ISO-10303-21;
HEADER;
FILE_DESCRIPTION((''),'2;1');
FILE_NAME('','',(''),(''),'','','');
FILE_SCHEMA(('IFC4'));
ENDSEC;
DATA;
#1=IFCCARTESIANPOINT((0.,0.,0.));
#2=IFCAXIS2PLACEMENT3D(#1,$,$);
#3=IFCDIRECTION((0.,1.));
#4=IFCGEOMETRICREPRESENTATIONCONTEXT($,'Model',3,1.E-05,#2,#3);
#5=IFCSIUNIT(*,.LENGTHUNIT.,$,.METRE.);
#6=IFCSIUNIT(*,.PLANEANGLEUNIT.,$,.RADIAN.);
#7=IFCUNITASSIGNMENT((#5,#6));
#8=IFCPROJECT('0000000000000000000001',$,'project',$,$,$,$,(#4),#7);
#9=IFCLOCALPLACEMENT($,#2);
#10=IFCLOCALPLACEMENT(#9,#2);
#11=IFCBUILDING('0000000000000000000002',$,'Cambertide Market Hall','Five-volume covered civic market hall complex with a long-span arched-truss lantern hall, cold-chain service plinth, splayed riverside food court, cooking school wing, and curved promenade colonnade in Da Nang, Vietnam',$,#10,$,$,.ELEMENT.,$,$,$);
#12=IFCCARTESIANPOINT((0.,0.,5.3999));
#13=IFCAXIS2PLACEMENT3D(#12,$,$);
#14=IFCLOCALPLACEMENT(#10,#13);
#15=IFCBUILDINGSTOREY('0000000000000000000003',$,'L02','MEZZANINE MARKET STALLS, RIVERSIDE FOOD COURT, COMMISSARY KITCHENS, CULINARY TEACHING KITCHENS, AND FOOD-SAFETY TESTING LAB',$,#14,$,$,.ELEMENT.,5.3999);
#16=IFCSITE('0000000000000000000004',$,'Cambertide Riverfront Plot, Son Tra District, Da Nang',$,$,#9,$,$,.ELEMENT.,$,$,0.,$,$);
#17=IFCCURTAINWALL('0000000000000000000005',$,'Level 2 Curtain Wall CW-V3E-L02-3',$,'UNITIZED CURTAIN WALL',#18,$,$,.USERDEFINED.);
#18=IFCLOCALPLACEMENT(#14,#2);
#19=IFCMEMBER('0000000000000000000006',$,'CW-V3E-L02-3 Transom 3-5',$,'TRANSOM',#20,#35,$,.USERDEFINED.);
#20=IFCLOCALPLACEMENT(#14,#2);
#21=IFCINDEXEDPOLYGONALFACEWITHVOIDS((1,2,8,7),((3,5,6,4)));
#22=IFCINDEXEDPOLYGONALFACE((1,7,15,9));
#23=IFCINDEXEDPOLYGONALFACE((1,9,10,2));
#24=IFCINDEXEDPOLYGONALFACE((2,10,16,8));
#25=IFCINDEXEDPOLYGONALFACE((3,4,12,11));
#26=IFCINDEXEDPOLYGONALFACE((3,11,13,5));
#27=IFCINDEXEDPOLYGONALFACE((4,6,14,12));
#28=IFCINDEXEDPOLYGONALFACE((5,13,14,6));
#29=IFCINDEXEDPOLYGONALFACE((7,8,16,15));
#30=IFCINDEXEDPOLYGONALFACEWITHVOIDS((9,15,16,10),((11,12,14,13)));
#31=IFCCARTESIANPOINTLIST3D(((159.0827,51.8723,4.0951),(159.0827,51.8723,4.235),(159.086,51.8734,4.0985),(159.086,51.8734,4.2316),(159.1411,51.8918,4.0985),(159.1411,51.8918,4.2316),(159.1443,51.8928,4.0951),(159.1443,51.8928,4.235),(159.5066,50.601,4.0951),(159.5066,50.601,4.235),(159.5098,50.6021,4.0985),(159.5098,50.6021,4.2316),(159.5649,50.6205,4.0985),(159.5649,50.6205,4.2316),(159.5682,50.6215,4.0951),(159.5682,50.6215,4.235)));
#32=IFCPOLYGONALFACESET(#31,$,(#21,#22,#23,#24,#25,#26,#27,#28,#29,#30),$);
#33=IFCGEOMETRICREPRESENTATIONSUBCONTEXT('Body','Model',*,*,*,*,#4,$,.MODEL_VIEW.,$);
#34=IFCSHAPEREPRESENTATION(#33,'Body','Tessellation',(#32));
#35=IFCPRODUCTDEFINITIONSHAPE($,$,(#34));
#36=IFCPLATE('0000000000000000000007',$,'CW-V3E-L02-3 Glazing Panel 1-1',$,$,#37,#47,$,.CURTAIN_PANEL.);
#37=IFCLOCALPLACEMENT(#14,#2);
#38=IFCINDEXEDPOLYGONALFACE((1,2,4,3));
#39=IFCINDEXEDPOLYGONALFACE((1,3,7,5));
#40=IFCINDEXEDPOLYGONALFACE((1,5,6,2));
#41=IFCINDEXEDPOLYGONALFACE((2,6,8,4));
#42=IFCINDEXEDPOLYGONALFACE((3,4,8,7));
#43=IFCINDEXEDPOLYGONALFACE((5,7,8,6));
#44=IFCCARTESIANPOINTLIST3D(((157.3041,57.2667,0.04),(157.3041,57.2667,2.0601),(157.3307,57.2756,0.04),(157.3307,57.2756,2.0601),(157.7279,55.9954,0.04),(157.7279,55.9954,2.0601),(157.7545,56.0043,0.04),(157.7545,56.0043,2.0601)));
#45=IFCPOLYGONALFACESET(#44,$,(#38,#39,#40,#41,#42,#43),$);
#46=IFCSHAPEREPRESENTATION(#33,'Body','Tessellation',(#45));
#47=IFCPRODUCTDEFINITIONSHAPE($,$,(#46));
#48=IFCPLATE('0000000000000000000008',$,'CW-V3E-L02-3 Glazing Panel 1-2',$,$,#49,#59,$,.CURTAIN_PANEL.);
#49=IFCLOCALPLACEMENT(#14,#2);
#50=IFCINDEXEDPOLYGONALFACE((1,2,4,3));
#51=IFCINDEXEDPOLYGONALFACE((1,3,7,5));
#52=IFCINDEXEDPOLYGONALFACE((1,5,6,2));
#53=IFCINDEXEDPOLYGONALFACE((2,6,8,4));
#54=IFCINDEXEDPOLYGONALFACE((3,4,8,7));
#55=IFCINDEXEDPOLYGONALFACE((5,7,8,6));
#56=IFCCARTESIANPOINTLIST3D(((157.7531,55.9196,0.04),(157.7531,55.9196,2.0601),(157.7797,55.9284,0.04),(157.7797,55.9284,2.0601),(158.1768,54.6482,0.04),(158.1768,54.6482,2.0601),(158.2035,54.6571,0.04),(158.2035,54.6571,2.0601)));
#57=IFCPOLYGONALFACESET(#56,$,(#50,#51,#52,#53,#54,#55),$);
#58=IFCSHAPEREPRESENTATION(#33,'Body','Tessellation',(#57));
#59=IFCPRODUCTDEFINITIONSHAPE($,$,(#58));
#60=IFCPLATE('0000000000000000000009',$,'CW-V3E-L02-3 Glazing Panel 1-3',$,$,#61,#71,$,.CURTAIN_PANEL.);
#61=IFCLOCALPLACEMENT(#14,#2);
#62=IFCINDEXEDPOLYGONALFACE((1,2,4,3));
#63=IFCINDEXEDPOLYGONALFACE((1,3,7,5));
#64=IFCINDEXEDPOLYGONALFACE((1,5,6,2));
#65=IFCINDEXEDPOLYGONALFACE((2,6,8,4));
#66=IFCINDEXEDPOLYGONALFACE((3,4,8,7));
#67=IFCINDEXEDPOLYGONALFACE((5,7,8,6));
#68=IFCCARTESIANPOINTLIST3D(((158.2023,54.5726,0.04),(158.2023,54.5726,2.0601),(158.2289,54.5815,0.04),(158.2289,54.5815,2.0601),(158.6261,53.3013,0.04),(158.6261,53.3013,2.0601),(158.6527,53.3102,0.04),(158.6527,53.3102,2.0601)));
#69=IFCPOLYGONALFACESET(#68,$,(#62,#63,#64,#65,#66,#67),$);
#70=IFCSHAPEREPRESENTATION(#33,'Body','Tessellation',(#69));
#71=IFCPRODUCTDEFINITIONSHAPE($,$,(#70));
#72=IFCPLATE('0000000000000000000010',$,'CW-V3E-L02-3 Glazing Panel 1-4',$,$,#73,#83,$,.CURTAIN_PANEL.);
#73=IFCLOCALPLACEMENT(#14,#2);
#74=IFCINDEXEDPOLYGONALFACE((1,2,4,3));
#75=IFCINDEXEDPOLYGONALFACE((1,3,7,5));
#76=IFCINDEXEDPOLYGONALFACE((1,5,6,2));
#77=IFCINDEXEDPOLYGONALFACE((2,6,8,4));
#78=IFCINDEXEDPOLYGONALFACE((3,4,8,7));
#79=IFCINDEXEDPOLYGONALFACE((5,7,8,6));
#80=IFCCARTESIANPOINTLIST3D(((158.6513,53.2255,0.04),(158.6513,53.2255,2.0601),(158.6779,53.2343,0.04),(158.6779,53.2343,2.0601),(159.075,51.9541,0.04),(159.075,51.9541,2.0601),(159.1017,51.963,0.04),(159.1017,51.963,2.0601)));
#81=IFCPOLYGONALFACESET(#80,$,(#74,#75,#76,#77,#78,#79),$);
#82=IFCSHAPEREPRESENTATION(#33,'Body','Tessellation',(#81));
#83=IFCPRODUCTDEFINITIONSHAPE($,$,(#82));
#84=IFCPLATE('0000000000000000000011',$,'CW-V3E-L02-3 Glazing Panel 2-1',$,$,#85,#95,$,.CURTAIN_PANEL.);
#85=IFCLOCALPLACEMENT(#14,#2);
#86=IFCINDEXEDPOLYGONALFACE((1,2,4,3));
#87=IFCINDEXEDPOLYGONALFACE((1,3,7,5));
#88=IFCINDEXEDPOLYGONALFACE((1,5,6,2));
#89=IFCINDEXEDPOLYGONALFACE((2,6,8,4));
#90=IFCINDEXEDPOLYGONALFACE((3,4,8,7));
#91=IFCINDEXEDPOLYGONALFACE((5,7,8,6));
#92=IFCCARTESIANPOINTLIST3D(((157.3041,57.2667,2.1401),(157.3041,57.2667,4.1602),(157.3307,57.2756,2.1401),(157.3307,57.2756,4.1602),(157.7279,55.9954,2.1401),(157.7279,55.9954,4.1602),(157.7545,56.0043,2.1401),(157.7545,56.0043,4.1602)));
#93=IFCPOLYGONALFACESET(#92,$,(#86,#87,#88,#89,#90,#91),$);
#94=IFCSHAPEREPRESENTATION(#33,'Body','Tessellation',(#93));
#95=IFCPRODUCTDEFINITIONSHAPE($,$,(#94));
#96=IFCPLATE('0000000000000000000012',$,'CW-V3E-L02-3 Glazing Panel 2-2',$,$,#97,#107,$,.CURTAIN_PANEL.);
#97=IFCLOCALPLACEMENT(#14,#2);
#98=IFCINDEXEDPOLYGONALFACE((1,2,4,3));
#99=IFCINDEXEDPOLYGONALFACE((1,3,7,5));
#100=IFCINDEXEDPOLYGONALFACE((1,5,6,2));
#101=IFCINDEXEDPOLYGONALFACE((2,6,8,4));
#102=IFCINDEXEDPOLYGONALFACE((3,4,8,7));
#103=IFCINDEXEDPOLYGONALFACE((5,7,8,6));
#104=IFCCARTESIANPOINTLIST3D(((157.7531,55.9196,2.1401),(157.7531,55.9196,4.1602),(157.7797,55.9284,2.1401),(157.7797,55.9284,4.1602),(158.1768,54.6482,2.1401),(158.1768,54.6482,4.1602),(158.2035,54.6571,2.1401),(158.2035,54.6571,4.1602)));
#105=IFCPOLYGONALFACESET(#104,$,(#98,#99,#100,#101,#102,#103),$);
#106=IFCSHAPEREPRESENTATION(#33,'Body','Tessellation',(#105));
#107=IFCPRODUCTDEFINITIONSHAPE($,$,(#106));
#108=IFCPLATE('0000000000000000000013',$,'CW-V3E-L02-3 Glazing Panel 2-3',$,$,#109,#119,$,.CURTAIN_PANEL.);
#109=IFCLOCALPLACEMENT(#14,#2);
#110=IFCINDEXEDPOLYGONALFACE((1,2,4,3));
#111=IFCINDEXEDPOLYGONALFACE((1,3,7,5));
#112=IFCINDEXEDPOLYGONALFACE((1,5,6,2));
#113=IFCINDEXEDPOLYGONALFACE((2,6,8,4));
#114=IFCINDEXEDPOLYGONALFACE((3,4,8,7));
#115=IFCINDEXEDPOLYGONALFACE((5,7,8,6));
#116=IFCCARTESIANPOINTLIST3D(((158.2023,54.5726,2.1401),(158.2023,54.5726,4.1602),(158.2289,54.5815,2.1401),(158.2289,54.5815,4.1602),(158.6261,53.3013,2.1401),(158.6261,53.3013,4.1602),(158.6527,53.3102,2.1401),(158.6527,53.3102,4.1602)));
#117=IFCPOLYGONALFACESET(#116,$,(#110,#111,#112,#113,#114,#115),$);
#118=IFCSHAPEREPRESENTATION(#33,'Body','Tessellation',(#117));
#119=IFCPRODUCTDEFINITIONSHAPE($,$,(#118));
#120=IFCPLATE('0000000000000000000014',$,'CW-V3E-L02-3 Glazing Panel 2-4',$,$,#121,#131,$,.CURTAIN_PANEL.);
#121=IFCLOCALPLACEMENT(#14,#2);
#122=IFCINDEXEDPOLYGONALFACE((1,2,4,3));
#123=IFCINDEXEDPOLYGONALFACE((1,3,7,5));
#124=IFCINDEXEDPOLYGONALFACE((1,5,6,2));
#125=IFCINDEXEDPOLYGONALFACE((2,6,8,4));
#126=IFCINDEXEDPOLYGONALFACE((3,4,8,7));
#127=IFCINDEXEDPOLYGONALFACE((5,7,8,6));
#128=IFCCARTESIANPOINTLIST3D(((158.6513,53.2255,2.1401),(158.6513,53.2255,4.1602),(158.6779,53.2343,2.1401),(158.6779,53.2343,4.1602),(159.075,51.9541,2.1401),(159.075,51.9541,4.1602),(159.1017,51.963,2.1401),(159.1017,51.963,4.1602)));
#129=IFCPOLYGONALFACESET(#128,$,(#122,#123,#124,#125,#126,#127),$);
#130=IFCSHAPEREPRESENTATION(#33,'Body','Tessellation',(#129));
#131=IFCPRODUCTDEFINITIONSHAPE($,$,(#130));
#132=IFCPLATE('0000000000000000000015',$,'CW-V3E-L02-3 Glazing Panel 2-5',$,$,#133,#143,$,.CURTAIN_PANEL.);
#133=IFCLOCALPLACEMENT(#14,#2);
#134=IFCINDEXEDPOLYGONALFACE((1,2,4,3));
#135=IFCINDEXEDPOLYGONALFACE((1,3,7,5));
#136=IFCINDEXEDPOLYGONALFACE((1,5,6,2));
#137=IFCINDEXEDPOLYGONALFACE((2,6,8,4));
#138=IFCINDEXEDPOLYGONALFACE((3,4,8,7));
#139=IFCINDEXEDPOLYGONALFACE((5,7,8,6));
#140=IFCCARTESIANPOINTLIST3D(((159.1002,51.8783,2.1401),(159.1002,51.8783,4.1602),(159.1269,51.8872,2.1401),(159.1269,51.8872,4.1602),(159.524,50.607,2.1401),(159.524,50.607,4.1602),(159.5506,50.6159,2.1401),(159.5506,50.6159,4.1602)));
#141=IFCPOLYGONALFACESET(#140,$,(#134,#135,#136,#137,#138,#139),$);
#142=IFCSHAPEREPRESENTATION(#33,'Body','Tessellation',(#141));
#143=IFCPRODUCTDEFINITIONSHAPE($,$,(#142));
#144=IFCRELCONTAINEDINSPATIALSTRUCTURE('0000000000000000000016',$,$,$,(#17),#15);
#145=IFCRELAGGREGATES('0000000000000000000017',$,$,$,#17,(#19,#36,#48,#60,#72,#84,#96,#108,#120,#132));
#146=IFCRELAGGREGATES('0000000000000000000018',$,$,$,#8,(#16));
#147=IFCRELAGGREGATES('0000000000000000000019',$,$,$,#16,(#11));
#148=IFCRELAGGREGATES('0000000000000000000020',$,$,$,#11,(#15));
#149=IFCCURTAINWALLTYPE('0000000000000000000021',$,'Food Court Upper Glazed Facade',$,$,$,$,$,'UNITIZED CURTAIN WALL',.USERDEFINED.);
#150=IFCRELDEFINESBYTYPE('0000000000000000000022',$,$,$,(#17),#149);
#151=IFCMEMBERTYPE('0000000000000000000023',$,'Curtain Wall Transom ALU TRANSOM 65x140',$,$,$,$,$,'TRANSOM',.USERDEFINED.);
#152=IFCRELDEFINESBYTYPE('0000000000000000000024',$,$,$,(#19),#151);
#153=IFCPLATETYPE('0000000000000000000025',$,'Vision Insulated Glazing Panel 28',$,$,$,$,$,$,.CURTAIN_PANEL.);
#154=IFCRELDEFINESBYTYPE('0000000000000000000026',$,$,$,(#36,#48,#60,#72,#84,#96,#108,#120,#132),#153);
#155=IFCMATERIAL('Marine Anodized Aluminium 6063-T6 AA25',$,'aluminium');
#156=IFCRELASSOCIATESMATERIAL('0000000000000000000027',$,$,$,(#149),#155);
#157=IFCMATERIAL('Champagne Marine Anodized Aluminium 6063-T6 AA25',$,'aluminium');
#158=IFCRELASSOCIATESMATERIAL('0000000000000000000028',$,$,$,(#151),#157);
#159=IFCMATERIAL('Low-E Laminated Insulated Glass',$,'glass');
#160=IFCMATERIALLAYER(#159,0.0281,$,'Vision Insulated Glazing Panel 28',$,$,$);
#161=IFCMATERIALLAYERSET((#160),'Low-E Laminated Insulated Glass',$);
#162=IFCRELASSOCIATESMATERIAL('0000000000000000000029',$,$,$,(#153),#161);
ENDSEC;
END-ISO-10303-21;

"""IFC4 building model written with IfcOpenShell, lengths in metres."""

from ifc_helpers import new_model, si_unit, direction, frame, origin, origin_2d, place, context, subcontext, project, spatial, rectangle, hollow_rectangle, extrude, material, layer, layer_set, material_profile, profile_set, type_object, element, aggregate, save


model = new_model("IFC4")

# Units and contexts
model_context = context("Model", 3, precision=1e-05, world=origin(), true_north=direction((0.0, 1.0)))
body_context = subcontext(model_context, "Body", "Model", "MODEL_VIEW")
ifc_project = project(units=[si_unit("LENGTHUNIT", "METRE"), si_unit("PLANEANGLEUNIT", "RADIAN")], contexts=[model_context])

# Site, building, storey
site_placement = place(None, origin())
site = spatial("IfcSite", under=ifc_project, at=site_placement, Name="Cambertide Riverfront Plot, Son Tra District, Da Nang", CompositionType="ELEMENT", RefElevation=0.0)
building_placement = place(site_placement, origin())
building = spatial("IfcBuilding", under=site, at=building_placement, Name="Cambertide Market Hall", Description="Five-volume covered civic market hall complex with a long-span arched-truss lantern hall, cold-chain service plinth, splayed riverside food court, cooking school wing, and curved promenade colonnade in Da Nang, Vietnam", CompositionType="ELEMENT")
storey_placement = place(building_placement, frame((0.0, 0.0, 5.3999)))
storey = spatial("IfcBuildingStorey", under=building, at=storey_placement, Name="L02", Description="MEZZANINE MARKET STALLS, RIVERSIDE FOOD COURT, COMMISSARY KITCHENS, CULINARY TEACHING KITCHENS, AND FOOD-SAFETY TESTING LAB", CompositionType="ELEMENT", Elevation=5.3999)

# Curtain wall, member, plates
ifc_material_1 = material(Name="Marine Anodized Aluminium 6063-T6 AA25", Category="aluminium")
curtain_wall_type = type_object("IfcCurtainWallType", Name="Food Court Upper Glazed Facade", ElementType="UNITIZED CURTAIN WALL", PredefinedType="USERDEFINED", material=ifc_material_1)
curtain_wall_placement = place(storey_placement, origin())
curtain_wall = element("IfcCurtainWall", 1, at=curtain_wall_placement, inside=storey, type_object=curtain_wall_type, Name="Level 2 Curtain Wall CW-V3E-L02-3", ObjectType="UNITIZED CURTAIN WALL", PredefinedType="USERDEFINED")
ifc_material_2 = material(Name="Champagne Marine Anodized Aluminium 6063-T6 AA25", Category="aluminium")
ifc_material_profile_1 = material_profile(ifc_material_2, hollow_rectangle(XDim=0.0649, YDim=0.1399, WallThickness=0.0034, at=origin_2d()), Name="ALU TRANSOM 65x140")
ifc_profile_set_1 = profile_set([ifc_material_profile_1], Name="Champagne Marine Anodized Aluminium 6063-T6 AA25")
member_type_1 = type_object("IfcMemberType", Name="Curtain Wall Transom ALU TRANSOM 65x140", ElementType="TRANSOM", PredefinedType="USERDEFINED", material=ifc_profile_set_1)
member_1_placement = place(storey_placement, frame((159.1135, 51.8826, 4.165), z_axis=(0.316282, -0.948665, 0.0), x_axis=(0.948665, 0.316282, 0.0)))
member_1 = element("IfcMember", 2, at=member_1_placement, type_object=member_type_1, Name="CW-V3E-L02-3 Transom 3-5", ObjectType="TRANSOM", PredefinedType="USERDEFINED", context=body_context, shape_type="SweptSolid", body=[
    extrude(hollow_rectangle(XDim=0.0649, YDim=0.1399, WallThickness=0.0034, at=origin_2d()), origin(), (0.0, 0.0, 1.0), 1.3401),
])
ifc_material_3 = material(Name="Low-E Laminated Insulated Glass", Category="glass")
ifc_layer = layer(ifc_material_3, 0.0281, Name="Vision Insulated Glazing Panel 28")
ifc_layer_set = layer_set([ifc_layer], Name="Low-E Laminated Insulated Glass")
plate_type = type_object("IfcPlateType", Name="Vision Insulated Glazing Panel 28", PredefinedType="CURTAIN_PANEL", material=ifc_layer_set)
plate_1_placement = place(storey_placement, frame((157.5293, 56.6355, 0.04), z_axis=(0.0, 0.0, 1.0), x_axis=(0.316228, -0.948683, 0.0)))
plate_1 = element("IfcPlate", 3, at=plate_1_placement, type_object=plate_type, Name="CW-V3E-L02-3 Glazing Panel 1-1", PredefinedType="CURTAIN_PANEL", context=body_context, shape_type="SweptSolid", body=[
    extrude(rectangle(XDim=1.3401, YDim=0.0281, at=origin_2d()), origin(), (0.0, 0.0, 1.0), 2.02),
])
plate_2_placement = place(storey_placement, frame((157.9783, 55.2883, 0.04), z_axis=(0.0, 0.0, 1.0), x_axis=(0.316228, -0.948683, 0.0)))
plate_2 = element("IfcPlate", 4, at=plate_2_placement, type_object=plate_type, Name="CW-V3E-L02-3 Glazing Panel 1-2", PredefinedType="CURTAIN_PANEL", context=body_context, shape_type="SweptSolid", body=[
    extrude(rectangle(XDim=1.3401, YDim=0.0281, at=origin_2d()), origin(), (0.0, 0.0, 1.0), 2.02),
])
plate_3_placement = place(storey_placement, frame((158.4275, 53.9414, 0.04), z_axis=(0.0, 0.0, 1.0), x_axis=(0.316228, -0.948683, 0.0)))
plate_3 = element("IfcPlate", 5, at=plate_3_placement, type_object=plate_type, Name="CW-V3E-L02-3 Glazing Panel 1-3", PredefinedType="CURTAIN_PANEL", context=body_context, shape_type="SweptSolid", body=[
    extrude(rectangle(XDim=1.3401, YDim=0.0281, at=origin_2d()), origin(), (0.0, 0.0, 1.0), 2.02),
])
plate_4_placement = place(storey_placement, frame((158.8765, 52.5942, 0.04), z_axis=(0.0, 0.0, 1.0), x_axis=(0.316228, -0.948683, 0.0)))
plate_4 = element("IfcPlate", 6, at=plate_4_placement, type_object=plate_type, Name="CW-V3E-L02-3 Glazing Panel 1-4", PredefinedType="CURTAIN_PANEL", context=body_context, shape_type="SweptSolid", body=[
    extrude(rectangle(XDim=1.3401, YDim=0.0281, at=origin_2d()), origin(), (0.0, 0.0, 1.0), 2.02),
])
plate_5_placement = place(storey_placement, frame((157.5293, 56.6355, 2.1401), z_axis=(0.0, 0.0, 1.0), x_axis=(0.316228, -0.948683, 0.0)))
plate_5 = element("IfcPlate", 7, at=plate_5_placement, type_object=plate_type, Name="CW-V3E-L02-3 Glazing Panel 2-1", PredefinedType="CURTAIN_PANEL", context=body_context, shape_type="SweptSolid", body=[
    extrude(rectangle(XDim=1.3401, YDim=0.0281, at=origin_2d()), origin(), (0.0, 0.0, 1.0), 2.02),
])
plate_6_placement = place(storey_placement, frame((157.9783, 55.2883, 2.1401), z_axis=(0.0, 0.0, 1.0), x_axis=(0.316228, -0.948683, 0.0)))
plate_6 = element("IfcPlate", 8, at=plate_6_placement, type_object=plate_type, Name="CW-V3E-L02-3 Glazing Panel 2-2", PredefinedType="CURTAIN_PANEL", context=body_context, shape_type="SweptSolid", body=[
    extrude(rectangle(XDim=1.3401, YDim=0.0281, at=origin_2d()), origin(), (0.0, 0.0, 1.0), 2.02),
])
plate_7_placement = place(storey_placement, frame((158.4275, 53.9414, 2.1401), z_axis=(0.0, 0.0, 1.0), x_axis=(0.316228, -0.948683, 0.0)))
plate_7 = element("IfcPlate", 9, at=plate_7_placement, type_object=plate_type, Name="CW-V3E-L02-3 Glazing Panel 2-3", PredefinedType="CURTAIN_PANEL", context=body_context, shape_type="SweptSolid", body=[
    extrude(rectangle(XDim=1.3401, YDim=0.0281, at=origin_2d()), origin(), (0.0, 0.0, 1.0), 2.02),
])
plate_8_placement = place(storey_placement, frame((158.8765, 52.5942, 2.1401), z_axis=(0.0, 0.0, 1.0), x_axis=(0.316228, -0.948683, 0.0)))
plate_8 = element("IfcPlate", 10, at=plate_8_placement, type_object=plate_type, Name="CW-V3E-L02-3 Glazing Panel 2-4", PredefinedType="CURTAIN_PANEL", context=body_context, shape_type="SweptSolid", body=[
    extrude(rectangle(XDim=1.3401, YDim=0.0281, at=origin_2d()), origin(), (0.0, 0.0, 1.0), 2.02),
])
plate_9_placement = place(storey_placement, frame((159.3254, 51.2471, 2.1401), z_axis=(0.0, 0.0, 1.0), x_axis=(0.316228, -0.948683, 0.0)))
plate_9 = element("IfcPlate", 11, at=plate_9_placement, type_object=plate_type, Name="CW-V3E-L02-3 Glazing Panel 2-5", PredefinedType="CURTAIN_PANEL", context=body_context, shape_type="SweptSolid", body=[
    extrude(rectangle(XDim=1.3401, YDim=0.0281, at=origin_2d()), origin(), (0.0, 0.0, 1.0), 2.02),
])
aggregate(curtain_wall, [member_1, plate_1, plate_2, plate_3, plate_4, plate_5, plate_6, plate_7, plate_8, plate_9])

save(model, "model.ifc")
